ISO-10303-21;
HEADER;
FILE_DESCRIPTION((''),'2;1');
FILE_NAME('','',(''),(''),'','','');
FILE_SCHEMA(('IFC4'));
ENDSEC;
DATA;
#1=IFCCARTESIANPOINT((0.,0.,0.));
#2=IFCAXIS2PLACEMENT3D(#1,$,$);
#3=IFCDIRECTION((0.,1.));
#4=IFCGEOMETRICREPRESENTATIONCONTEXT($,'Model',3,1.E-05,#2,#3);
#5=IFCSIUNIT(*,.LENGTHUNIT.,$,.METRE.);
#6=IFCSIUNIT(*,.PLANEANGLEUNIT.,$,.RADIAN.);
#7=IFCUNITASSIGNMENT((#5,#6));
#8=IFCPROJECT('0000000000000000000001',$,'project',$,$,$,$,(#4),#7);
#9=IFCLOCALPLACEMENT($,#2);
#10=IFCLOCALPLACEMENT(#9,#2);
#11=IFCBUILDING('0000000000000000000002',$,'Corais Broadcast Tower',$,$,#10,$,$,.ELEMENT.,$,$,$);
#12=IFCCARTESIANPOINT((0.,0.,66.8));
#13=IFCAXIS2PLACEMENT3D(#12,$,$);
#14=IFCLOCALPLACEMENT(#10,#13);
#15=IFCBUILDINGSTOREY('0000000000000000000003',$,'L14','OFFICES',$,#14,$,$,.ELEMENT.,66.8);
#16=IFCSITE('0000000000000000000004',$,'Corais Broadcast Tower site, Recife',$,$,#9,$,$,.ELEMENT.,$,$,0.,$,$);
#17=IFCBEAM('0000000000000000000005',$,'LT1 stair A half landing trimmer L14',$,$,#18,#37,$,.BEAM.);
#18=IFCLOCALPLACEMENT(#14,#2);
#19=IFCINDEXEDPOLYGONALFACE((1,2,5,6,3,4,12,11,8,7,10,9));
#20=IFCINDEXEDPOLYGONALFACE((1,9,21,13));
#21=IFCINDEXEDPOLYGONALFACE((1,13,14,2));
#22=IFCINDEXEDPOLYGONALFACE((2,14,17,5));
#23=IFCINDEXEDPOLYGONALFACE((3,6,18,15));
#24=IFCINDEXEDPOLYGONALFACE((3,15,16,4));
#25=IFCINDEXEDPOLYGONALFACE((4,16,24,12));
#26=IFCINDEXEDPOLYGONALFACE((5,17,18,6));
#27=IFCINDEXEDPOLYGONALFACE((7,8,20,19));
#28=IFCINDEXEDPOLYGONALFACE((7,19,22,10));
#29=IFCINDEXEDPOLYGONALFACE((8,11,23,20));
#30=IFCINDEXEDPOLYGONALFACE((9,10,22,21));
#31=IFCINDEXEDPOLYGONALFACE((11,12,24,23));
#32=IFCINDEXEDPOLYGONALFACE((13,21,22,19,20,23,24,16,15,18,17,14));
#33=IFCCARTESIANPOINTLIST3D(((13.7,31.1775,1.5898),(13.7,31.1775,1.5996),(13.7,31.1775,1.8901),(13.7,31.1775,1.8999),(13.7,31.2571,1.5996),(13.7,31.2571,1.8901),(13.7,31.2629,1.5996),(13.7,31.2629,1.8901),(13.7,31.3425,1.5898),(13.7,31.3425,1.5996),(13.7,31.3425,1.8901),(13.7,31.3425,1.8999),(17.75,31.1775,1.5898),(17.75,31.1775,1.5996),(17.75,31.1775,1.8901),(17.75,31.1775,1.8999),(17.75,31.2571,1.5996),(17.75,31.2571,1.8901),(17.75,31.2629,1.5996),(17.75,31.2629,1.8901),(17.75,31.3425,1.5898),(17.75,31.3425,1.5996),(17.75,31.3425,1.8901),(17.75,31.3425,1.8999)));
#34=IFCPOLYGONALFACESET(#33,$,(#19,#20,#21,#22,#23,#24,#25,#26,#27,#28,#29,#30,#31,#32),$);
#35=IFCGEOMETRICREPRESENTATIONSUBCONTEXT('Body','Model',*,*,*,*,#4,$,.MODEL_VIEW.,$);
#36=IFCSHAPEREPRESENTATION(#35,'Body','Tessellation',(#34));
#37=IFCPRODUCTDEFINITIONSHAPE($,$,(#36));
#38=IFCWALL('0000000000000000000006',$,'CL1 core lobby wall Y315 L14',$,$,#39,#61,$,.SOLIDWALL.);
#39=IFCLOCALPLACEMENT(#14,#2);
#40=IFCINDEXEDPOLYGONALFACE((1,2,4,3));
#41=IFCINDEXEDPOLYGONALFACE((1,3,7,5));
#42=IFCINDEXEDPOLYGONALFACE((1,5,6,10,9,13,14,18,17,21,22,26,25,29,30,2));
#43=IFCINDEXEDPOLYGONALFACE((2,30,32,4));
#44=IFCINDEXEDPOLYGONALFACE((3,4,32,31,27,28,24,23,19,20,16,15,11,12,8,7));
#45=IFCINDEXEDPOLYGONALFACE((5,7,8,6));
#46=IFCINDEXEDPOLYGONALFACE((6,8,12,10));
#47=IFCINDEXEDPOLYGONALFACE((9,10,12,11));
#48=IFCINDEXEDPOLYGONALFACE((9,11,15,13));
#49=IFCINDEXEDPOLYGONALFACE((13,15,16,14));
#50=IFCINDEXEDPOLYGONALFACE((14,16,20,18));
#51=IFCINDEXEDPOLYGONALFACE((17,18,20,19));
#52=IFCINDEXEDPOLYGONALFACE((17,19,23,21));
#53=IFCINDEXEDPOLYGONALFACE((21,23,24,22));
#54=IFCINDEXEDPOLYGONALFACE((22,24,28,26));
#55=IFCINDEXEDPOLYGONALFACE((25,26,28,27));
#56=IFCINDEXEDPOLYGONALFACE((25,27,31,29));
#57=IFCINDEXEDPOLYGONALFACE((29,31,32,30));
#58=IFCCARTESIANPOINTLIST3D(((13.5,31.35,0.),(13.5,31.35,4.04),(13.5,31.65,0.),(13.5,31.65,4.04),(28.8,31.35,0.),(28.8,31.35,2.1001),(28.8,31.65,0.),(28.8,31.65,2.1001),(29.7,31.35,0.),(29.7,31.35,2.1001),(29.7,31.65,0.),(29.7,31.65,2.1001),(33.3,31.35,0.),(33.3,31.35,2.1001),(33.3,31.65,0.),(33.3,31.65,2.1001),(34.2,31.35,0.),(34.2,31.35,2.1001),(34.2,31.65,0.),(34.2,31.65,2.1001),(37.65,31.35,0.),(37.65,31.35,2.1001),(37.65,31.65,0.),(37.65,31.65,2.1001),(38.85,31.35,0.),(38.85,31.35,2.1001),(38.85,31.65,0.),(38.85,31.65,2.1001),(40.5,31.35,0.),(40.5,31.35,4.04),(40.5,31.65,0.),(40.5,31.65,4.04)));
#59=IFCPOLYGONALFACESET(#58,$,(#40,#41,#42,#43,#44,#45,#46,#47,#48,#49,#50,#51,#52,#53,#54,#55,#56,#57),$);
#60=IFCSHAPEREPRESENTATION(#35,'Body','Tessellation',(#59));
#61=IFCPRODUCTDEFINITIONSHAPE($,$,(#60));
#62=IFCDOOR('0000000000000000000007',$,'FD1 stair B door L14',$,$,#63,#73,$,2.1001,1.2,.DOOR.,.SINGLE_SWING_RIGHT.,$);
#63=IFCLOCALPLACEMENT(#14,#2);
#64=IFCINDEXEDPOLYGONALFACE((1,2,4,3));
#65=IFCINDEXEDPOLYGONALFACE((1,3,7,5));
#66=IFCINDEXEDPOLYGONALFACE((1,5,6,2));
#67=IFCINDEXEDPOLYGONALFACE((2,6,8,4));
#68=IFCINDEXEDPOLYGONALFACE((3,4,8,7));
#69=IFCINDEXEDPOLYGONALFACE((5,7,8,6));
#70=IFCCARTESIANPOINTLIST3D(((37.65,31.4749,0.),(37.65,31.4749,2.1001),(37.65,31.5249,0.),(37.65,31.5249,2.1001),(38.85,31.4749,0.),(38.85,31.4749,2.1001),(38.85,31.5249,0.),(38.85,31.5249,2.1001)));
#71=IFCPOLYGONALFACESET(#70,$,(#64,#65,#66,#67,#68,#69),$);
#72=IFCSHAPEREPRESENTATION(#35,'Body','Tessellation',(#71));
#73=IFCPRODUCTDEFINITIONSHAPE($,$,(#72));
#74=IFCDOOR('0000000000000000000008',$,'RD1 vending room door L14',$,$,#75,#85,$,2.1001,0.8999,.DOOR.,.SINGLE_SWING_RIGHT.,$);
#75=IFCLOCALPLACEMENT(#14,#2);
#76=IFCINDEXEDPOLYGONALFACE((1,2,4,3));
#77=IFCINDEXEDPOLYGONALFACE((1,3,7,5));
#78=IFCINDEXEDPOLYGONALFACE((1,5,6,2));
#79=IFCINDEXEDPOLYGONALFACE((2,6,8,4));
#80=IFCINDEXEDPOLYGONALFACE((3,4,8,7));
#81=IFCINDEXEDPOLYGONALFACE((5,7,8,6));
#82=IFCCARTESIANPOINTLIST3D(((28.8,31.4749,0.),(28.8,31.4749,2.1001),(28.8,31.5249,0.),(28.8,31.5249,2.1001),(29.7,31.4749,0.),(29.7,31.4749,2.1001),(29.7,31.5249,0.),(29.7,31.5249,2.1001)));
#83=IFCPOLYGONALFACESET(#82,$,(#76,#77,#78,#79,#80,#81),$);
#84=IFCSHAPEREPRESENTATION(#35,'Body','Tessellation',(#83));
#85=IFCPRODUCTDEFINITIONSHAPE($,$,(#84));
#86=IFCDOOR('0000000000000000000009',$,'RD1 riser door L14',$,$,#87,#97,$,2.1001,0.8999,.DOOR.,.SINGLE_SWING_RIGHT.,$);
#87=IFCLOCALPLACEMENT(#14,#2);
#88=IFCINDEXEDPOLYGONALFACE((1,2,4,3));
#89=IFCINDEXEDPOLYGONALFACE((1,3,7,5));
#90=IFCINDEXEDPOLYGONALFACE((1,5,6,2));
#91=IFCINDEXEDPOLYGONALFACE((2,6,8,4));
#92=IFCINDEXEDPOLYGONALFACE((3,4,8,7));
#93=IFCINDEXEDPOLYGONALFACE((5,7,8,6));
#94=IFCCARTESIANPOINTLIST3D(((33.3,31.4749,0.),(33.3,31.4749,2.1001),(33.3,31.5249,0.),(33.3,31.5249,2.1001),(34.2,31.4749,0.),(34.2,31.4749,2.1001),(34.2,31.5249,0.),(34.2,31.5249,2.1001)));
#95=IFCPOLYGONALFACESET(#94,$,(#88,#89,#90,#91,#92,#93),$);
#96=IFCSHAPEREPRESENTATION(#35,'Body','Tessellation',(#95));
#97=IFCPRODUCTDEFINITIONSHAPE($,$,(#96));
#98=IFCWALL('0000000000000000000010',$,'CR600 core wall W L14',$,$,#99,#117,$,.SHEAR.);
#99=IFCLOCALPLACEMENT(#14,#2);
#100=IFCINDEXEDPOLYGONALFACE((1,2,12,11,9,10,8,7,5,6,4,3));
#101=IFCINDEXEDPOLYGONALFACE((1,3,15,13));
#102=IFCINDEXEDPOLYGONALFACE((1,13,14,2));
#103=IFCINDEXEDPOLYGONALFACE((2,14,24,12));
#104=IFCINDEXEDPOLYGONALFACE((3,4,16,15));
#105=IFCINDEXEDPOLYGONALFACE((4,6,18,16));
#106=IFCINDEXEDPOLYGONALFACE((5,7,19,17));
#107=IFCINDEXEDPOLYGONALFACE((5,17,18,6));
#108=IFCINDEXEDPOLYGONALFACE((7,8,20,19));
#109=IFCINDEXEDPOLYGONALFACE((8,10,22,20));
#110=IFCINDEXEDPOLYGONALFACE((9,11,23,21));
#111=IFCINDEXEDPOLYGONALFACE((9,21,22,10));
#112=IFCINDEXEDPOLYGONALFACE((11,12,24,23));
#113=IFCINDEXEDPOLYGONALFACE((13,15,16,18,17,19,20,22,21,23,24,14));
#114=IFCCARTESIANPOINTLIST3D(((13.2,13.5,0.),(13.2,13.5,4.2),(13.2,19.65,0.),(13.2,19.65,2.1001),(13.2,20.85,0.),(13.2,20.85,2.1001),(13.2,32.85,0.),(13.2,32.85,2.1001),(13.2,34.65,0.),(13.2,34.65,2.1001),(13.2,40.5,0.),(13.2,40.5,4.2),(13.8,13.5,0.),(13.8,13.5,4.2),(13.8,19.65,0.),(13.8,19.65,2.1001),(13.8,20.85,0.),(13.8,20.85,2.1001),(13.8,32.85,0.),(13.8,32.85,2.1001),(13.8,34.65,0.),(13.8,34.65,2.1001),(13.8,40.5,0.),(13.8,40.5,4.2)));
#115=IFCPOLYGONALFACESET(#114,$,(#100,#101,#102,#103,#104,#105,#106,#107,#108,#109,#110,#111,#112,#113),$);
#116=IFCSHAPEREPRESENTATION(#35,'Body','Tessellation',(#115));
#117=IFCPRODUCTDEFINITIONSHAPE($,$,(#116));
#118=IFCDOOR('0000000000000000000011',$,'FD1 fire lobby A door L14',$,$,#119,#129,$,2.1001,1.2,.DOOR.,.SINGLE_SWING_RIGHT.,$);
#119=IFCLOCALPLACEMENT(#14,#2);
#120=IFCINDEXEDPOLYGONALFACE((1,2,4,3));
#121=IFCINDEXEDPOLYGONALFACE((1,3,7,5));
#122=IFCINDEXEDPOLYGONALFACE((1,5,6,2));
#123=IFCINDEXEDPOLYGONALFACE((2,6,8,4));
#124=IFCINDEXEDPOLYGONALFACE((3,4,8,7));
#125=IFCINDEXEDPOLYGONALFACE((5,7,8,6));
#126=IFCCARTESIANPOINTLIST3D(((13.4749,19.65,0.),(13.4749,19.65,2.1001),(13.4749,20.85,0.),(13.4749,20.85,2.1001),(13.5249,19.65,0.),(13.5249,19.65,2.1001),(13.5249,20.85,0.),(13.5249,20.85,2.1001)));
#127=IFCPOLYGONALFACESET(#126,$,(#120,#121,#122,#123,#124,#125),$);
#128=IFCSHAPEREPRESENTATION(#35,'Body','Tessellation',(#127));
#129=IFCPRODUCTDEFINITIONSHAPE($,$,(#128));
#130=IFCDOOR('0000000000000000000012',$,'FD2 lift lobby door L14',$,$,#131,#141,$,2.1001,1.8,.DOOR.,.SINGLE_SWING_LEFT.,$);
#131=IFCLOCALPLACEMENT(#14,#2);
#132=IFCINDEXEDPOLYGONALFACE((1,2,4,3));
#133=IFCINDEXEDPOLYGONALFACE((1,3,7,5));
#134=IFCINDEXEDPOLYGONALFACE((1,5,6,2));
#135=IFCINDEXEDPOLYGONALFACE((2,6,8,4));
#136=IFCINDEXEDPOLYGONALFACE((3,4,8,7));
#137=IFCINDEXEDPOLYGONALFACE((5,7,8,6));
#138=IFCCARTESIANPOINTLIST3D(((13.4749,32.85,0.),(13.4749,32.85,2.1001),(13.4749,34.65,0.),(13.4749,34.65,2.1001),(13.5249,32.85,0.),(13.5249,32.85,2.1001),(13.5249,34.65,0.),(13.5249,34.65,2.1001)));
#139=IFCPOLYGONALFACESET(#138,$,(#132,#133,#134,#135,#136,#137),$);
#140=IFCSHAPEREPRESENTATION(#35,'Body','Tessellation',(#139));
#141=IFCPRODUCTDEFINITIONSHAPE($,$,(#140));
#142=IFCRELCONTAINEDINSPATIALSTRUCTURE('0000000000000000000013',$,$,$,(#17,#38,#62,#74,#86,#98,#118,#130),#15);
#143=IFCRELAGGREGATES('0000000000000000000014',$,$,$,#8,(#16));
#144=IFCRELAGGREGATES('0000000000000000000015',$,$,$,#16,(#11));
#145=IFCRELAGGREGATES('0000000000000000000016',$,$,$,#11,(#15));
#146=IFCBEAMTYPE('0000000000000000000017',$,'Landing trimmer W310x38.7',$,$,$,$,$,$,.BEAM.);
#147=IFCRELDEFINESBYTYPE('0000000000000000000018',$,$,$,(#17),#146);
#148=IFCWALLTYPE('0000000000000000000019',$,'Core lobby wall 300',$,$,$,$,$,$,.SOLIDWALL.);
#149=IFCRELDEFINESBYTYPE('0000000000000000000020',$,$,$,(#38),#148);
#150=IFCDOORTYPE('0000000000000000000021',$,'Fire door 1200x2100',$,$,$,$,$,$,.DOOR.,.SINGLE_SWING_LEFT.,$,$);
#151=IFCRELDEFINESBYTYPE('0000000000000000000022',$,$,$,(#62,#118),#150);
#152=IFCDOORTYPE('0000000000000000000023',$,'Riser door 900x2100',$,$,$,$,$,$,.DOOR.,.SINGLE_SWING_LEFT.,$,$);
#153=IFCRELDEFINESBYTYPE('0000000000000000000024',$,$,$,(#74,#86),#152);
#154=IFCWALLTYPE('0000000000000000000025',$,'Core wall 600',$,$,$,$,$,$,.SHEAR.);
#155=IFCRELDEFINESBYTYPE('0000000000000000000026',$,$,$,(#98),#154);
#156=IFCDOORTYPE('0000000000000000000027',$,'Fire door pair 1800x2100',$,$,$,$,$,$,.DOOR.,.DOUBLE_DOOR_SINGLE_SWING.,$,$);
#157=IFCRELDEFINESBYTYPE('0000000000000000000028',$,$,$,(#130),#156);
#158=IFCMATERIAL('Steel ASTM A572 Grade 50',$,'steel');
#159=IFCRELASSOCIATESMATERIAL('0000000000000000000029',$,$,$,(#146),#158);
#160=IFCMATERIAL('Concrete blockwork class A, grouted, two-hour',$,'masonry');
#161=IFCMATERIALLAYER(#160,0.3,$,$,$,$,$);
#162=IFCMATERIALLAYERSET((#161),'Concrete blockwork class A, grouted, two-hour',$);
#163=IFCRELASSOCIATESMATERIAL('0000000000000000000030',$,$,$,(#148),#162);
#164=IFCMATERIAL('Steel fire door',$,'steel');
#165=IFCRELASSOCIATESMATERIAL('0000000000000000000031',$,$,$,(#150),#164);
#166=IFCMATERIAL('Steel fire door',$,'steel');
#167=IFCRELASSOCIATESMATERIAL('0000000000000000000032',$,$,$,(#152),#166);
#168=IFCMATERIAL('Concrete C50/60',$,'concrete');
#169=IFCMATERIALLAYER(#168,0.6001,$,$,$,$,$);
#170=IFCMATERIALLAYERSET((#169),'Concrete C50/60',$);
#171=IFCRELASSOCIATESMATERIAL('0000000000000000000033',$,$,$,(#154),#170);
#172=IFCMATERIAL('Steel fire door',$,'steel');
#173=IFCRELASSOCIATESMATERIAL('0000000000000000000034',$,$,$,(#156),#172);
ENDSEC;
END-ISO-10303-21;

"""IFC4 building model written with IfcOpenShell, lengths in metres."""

from ifc_helpers import new_model, si_unit, direction, frame, frame_2d, origin, origin_2d, place, context, subcontext, project, spatial, rectangle, i_section, extrude, material, layer, layer_set, material_profile, profile_set, type_object, element, fill, save


model = new_model("IFC4")

# Units and contexts
model_context = context("Model", 3, precision=1e-05, world=origin(), true_north=direction((0.0, 1.0)))
body_context = subcontext(model_context, "Body", "Model", "MODEL_VIEW")
ifc_project = project(units=[si_unit("LENGTHUNIT", "METRE"), si_unit("PLANEANGLEUNIT", "RADIAN")], contexts=[model_context])

# Site, building, storey
site_placement = place(None, origin())
site = spatial("IfcSite", under=ifc_project, at=site_placement, Name="Corais Broadcast Tower site, Recife", CompositionType="ELEMENT", RefElevation=0.0)
building_placement = place(site_placement, origin())
building = spatial("IfcBuilding", under=site, at=building_placement, Name="Corais Broadcast Tower", CompositionType="ELEMENT")
storey_placement = place(building_placement, frame((0.0, 0.0, 66.8)))
storey = spatial("IfcBuildingStorey", under=building, at=storey_placement, Name="L14", Description="OFFICES", CompositionType="ELEMENT", Elevation=66.8)

# Beam
ifc_material_1 = material(Name="Steel ASTM A572 Grade 50", Category="steel")
ifc_material_profile = material_profile(ifc_material_1, i_section(OverallWidth=0.165, OverallDepth=0.3101, WebThickness=0.0059, FlangeThickness=0.0098, at=origin_2d()), Name="W310x38.7")
ifc_profile_set = profile_set([ifc_material_profile], Name="Steel ASTM A572 Grade 50")
beam_type = type_object("IfcBeamType", Name="Landing trimmer W310x38.7", PredefinedType="BEAM", material=ifc_profile_set)
beam_placement = place(storey_placement, frame((13.7, 31.26, 1.7449), z_axis=(1.0, 0.0, 0.0), x_axis=(0.0, 1.0, 0.0)))
element("IfcBeam", 1, at=beam_placement, inside=storey, type_object=beam_type, Name="LT1 stair A half landing trimmer L14", PredefinedType="BEAM", context=body_context, shape_type="SweptSolid", body=[
    extrude(i_section(OverallWidth=0.165, OverallDepth=0.3101, WebThickness=0.0059, FlangeThickness=0.0098, at=origin_2d()), origin(), (0.0, 0.0, 1.0), 4.05),
])

# Walls, openings, doors
ifc_material_2 = material(Name="Concrete blockwork class A, grouted, two-hour", Category="masonry")
ifc_layer_1 = layer(ifc_material_2, 0.3)
ifc_layer_set_1 = layer_set([ifc_layer_1], Name="Concrete blockwork class A, grouted, two-hour")
wall_type_1 = type_object("IfcWallType", Name="Core lobby wall 300", PredefinedType="SOLIDWALL", material=ifc_layer_set_1)
wall_1_placement = place(storey_placement, frame((13.5, 31.5, 0.0), z_axis=(0.0, 0.0, 1.0), x_axis=(1.0, 0.0, 0.0)))
wall_1 = element("IfcWall", 2, at=wall_1_placement, inside=storey, type_object=wall_type_1, Name="CL1 core lobby wall Y315 L14", PredefinedType="SOLIDWALL", context=body_context, shape_type="SweptSolid", body=[
    extrude(rectangle(XDim=27.0, YDim=0.3, at=frame_2d((13.5, 0.0))), origin(), (0.0, 0.0, 1.0), 4.04),
])
opening_1_placement = place(wall_1_placement, frame((24.1499, 0.0, 0.0)))
opening_1 = element("IfcOpeningElement", 3, at=opening_1_placement, cuts=wall_1, PredefinedType="OPENING", context=body_context, shape_type="SweptSolid", body=[
    extrude(rectangle(XDim=1.2, YDim=2.1001, at=frame_2d((0.6001, 1.05))), frame((0.0, 0.1599, 0.0), z_axis=(0.0, -1.0, 0.0), x_axis=(1.0, 0.0, 0.0)), (0.0, 0.0, 1.0), 0.3201),
])
opening_2_placement = place(wall_1_placement, frame((15.3, 0.0, 0.0)))
opening_2 = element("IfcOpeningElement", 4, at=opening_2_placement, cuts=wall_1, PredefinedType="OPENING", context=body_context, shape_type="SweptSolid", body=[
    extrude(rectangle(XDim=0.8999, YDim=2.1001, at=frame_2d((0.45, 1.05))), frame((0.0, 0.1599, 0.0), z_axis=(0.0, -1.0, 0.0), x_axis=(1.0, 0.0, 0.0)), (0.0, 0.0, 1.0), 0.3201),
])
opening_3_placement = place(wall_1_placement, frame((19.8, 0.0, 0.0)))
opening_3 = element("IfcOpeningElement", 5, at=opening_3_placement, cuts=wall_1, PredefinedType="OPENING", context=body_context, shape_type="SweptSolid", body=[
    extrude(rectangle(XDim=0.8999, YDim=2.1001, at=frame_2d((0.45, 1.05))), frame((0.0, 0.1599, 0.0), z_axis=(0.0, -1.0, 0.0), x_axis=(1.0, 0.0, 0.0)), (0.0, 0.0, 1.0), 0.3201),
])
ifc_material_3 = material(Name="Steel fire door", Category="steel")
door_type_1 = type_object("IfcDoorType", Name="Fire door 1200x2100", OperationType="SINGLE_SWING_LEFT", PredefinedType="DOOR", material=ifc_material_3)
door_1_placement = place(opening_1_placement, origin())
door_1 = element("IfcDoor", 6, at=door_1_placement, inside=storey, type_object=door_type_1, Name="FD1 stair B door L14", OperationType="SINGLE_SWING_RIGHT", OverallHeight=2.1001, OverallWidth=1.2, PredefinedType="DOOR", context=body_context, shape_type="SweptSolid", body=[
    extrude(rectangle(XDim=1.2, YDim=2.1001, at=frame_2d((0.6001, 1.05))), frame((0.0, 0.0249, 0.0), z_axis=(0.0, -1.0, 0.0), x_axis=(1.0, 0.0, 0.0)), (0.0, 0.0, 1.0), 0.05),
])
fill(opening_1, door_1)
ifc_material_4 = material(Name="Steel fire door", Category="steel")
door_type_2 = type_object("IfcDoorType", Name="Riser door 900x2100", OperationType="SINGLE_SWING_LEFT", PredefinedType="DOOR", material=ifc_material_4)
door_2_placement = place(opening_2_placement, origin())
door_2 = element("IfcDoor", 7, at=door_2_placement, inside=storey, type_object=door_type_2, Name="RD1 vending room door L14", OperationType="SINGLE_SWING_RIGHT", OverallHeight=2.1001, OverallWidth=0.8999, PredefinedType="DOOR", context=body_context, shape_type="SweptSolid", body=[
    extrude(rectangle(XDim=0.8999, YDim=2.1001, at=frame_2d((0.45, 1.05))), frame((0.0, 0.0249, 0.0), z_axis=(0.0, -1.0, 0.0), x_axis=(1.0, 0.0, 0.0)), (0.0, 0.0, 1.0), 0.05),
])
fill(opening_2, door_2)
door_3_placement = place(opening_3_placement, origin())
door_3 = element("IfcDoor", 8, at=door_3_placement, inside=storey, type_object=door_type_2, Name="RD1 riser door L14", OperationType="SINGLE_SWING_RIGHT", OverallHeight=2.1001, OverallWidth=0.8999, PredefinedType="DOOR", context=body_context, shape_type="SweptSolid", body=[
    extrude(rectangle(XDim=0.8999, YDim=2.1001, at=frame_2d((0.45, 1.05))), frame((0.0, 0.0249, 0.0), z_axis=(0.0, -1.0, 0.0), x_axis=(1.0, 0.0, 0.0)), (0.0, 0.0, 1.0), 0.05),
])
fill(opening_3, door_3)
ifc_material_5 = material(Name="Concrete C50/60", Category="concrete")
ifc_layer_2 = layer(ifc_material_5, 0.6001)
ifc_layer_set_2 = layer_set([ifc_layer_2], Name="Concrete C50/60")
wall_type_2 = type_object("IfcWallType", Name="Core wall 600", PredefinedType="SHEAR", material=ifc_layer_set_2)
wall_2_placement = place(storey_placement, frame((13.5, 40.5, 0.0), z_axis=(0.0, 0.0, 1.0), x_axis=(0.0, -1.0, 0.0)))
wall_2 = element("IfcWall", 9, at=wall_2_placement, inside=storey, type_object=wall_type_2, Name="CR600 core wall W L14", PredefinedType="SHEAR", context=body_context, shape_type="SweptSolid", body=[
    extrude(rectangle(XDim=27.0, YDim=0.6001, at=frame_2d((13.5, 0.0))), origin(), (0.0, 0.0, 1.0), 4.2),
])
opening_4_placement = place(wall_2_placement, frame((19.6499, 0.0, 0.0)))
opening_4 = element("IfcOpeningElement", 10, at=opening_4_placement, cuts=wall_2, PredefinedType="OPENING", context=body_context, shape_type="SweptSolid", body=[
    extrude(rectangle(XDim=1.2, YDim=2.1001, at=frame_2d((0.6001, 1.05))), frame((0.0, 0.3101, 0.0), z_axis=(0.0, -1.0, 0.0), x_axis=(1.0, 0.0, 0.0)), (0.0, 0.0, 1.0), 0.6201),
])
opening_5_placement = place(wall_2_placement, frame((5.8501, 0.0, 0.0)))
opening_5 = element("IfcOpeningElement", 11, at=opening_5_placement, cuts=wall_2, PredefinedType="OPENING", context=body_context, shape_type="SweptSolid", body=[
    extrude(rectangle(XDim=1.8, YDim=2.1001, at=frame_2d((0.8999, 1.05))), frame((0.0, 0.3101, 0.0), z_axis=(0.0, -1.0, 0.0), x_axis=(1.0, 0.0, 0.0)), (0.0, 0.0, 1.0), 0.6201),
])
door_4_placement = place(opening_4_placement, origin())
door_4 = element("IfcDoor", 12, at=door_4_placement, inside=storey, type_object=door_type_1, Name="FD1 fire lobby A door L14", OperationType="SINGLE_SWING_RIGHT", OverallHeight=2.1001, OverallWidth=1.2, PredefinedType="DOOR", context=body_context, shape_type="SweptSolid", body=[
    extrude(rectangle(XDim=1.2, YDim=2.1001, at=frame_2d((0.6001, 1.05))), frame((0.0, 0.0249, 0.0), z_axis=(0.0, -1.0, 0.0), x_axis=(1.0, 0.0, 0.0)), (0.0, 0.0, 1.0), 0.05),
])
fill(opening_4, door_4)
ifc_material_6 = material(Name="Steel fire door", Category="steel")
door_type_3 = type_object("IfcDoorType", Name="Fire door pair 1800x2100", OperationType="DOUBLE_DOOR_SINGLE_SWING", PredefinedType="DOOR", material=ifc_material_6)
door_5_placement = place(opening_5_placement, origin())
door_5 = element("IfcDoor", 13, at=door_5_placement, inside=storey, type_object=door_type_3, Name="FD2 lift lobby door L14", OperationType="SINGLE_SWING_LEFT", OverallHeight=2.1001, OverallWidth=1.8, PredefinedType="DOOR", context=body_context, shape_type="SweptSolid", body=[
    extrude(rectangle(XDim=1.8, YDim=2.1001, at=frame_2d((0.8999, 1.05))), frame((0.0, 0.0249, 0.0), z_axis=(0.0, -1.0, 0.0), x_axis=(1.0, 0.0, 0.0)), (0.0, 0.0, 1.0), 0.05),
])
fill(opening_5, door_5)

save(model, "model.ifc")
